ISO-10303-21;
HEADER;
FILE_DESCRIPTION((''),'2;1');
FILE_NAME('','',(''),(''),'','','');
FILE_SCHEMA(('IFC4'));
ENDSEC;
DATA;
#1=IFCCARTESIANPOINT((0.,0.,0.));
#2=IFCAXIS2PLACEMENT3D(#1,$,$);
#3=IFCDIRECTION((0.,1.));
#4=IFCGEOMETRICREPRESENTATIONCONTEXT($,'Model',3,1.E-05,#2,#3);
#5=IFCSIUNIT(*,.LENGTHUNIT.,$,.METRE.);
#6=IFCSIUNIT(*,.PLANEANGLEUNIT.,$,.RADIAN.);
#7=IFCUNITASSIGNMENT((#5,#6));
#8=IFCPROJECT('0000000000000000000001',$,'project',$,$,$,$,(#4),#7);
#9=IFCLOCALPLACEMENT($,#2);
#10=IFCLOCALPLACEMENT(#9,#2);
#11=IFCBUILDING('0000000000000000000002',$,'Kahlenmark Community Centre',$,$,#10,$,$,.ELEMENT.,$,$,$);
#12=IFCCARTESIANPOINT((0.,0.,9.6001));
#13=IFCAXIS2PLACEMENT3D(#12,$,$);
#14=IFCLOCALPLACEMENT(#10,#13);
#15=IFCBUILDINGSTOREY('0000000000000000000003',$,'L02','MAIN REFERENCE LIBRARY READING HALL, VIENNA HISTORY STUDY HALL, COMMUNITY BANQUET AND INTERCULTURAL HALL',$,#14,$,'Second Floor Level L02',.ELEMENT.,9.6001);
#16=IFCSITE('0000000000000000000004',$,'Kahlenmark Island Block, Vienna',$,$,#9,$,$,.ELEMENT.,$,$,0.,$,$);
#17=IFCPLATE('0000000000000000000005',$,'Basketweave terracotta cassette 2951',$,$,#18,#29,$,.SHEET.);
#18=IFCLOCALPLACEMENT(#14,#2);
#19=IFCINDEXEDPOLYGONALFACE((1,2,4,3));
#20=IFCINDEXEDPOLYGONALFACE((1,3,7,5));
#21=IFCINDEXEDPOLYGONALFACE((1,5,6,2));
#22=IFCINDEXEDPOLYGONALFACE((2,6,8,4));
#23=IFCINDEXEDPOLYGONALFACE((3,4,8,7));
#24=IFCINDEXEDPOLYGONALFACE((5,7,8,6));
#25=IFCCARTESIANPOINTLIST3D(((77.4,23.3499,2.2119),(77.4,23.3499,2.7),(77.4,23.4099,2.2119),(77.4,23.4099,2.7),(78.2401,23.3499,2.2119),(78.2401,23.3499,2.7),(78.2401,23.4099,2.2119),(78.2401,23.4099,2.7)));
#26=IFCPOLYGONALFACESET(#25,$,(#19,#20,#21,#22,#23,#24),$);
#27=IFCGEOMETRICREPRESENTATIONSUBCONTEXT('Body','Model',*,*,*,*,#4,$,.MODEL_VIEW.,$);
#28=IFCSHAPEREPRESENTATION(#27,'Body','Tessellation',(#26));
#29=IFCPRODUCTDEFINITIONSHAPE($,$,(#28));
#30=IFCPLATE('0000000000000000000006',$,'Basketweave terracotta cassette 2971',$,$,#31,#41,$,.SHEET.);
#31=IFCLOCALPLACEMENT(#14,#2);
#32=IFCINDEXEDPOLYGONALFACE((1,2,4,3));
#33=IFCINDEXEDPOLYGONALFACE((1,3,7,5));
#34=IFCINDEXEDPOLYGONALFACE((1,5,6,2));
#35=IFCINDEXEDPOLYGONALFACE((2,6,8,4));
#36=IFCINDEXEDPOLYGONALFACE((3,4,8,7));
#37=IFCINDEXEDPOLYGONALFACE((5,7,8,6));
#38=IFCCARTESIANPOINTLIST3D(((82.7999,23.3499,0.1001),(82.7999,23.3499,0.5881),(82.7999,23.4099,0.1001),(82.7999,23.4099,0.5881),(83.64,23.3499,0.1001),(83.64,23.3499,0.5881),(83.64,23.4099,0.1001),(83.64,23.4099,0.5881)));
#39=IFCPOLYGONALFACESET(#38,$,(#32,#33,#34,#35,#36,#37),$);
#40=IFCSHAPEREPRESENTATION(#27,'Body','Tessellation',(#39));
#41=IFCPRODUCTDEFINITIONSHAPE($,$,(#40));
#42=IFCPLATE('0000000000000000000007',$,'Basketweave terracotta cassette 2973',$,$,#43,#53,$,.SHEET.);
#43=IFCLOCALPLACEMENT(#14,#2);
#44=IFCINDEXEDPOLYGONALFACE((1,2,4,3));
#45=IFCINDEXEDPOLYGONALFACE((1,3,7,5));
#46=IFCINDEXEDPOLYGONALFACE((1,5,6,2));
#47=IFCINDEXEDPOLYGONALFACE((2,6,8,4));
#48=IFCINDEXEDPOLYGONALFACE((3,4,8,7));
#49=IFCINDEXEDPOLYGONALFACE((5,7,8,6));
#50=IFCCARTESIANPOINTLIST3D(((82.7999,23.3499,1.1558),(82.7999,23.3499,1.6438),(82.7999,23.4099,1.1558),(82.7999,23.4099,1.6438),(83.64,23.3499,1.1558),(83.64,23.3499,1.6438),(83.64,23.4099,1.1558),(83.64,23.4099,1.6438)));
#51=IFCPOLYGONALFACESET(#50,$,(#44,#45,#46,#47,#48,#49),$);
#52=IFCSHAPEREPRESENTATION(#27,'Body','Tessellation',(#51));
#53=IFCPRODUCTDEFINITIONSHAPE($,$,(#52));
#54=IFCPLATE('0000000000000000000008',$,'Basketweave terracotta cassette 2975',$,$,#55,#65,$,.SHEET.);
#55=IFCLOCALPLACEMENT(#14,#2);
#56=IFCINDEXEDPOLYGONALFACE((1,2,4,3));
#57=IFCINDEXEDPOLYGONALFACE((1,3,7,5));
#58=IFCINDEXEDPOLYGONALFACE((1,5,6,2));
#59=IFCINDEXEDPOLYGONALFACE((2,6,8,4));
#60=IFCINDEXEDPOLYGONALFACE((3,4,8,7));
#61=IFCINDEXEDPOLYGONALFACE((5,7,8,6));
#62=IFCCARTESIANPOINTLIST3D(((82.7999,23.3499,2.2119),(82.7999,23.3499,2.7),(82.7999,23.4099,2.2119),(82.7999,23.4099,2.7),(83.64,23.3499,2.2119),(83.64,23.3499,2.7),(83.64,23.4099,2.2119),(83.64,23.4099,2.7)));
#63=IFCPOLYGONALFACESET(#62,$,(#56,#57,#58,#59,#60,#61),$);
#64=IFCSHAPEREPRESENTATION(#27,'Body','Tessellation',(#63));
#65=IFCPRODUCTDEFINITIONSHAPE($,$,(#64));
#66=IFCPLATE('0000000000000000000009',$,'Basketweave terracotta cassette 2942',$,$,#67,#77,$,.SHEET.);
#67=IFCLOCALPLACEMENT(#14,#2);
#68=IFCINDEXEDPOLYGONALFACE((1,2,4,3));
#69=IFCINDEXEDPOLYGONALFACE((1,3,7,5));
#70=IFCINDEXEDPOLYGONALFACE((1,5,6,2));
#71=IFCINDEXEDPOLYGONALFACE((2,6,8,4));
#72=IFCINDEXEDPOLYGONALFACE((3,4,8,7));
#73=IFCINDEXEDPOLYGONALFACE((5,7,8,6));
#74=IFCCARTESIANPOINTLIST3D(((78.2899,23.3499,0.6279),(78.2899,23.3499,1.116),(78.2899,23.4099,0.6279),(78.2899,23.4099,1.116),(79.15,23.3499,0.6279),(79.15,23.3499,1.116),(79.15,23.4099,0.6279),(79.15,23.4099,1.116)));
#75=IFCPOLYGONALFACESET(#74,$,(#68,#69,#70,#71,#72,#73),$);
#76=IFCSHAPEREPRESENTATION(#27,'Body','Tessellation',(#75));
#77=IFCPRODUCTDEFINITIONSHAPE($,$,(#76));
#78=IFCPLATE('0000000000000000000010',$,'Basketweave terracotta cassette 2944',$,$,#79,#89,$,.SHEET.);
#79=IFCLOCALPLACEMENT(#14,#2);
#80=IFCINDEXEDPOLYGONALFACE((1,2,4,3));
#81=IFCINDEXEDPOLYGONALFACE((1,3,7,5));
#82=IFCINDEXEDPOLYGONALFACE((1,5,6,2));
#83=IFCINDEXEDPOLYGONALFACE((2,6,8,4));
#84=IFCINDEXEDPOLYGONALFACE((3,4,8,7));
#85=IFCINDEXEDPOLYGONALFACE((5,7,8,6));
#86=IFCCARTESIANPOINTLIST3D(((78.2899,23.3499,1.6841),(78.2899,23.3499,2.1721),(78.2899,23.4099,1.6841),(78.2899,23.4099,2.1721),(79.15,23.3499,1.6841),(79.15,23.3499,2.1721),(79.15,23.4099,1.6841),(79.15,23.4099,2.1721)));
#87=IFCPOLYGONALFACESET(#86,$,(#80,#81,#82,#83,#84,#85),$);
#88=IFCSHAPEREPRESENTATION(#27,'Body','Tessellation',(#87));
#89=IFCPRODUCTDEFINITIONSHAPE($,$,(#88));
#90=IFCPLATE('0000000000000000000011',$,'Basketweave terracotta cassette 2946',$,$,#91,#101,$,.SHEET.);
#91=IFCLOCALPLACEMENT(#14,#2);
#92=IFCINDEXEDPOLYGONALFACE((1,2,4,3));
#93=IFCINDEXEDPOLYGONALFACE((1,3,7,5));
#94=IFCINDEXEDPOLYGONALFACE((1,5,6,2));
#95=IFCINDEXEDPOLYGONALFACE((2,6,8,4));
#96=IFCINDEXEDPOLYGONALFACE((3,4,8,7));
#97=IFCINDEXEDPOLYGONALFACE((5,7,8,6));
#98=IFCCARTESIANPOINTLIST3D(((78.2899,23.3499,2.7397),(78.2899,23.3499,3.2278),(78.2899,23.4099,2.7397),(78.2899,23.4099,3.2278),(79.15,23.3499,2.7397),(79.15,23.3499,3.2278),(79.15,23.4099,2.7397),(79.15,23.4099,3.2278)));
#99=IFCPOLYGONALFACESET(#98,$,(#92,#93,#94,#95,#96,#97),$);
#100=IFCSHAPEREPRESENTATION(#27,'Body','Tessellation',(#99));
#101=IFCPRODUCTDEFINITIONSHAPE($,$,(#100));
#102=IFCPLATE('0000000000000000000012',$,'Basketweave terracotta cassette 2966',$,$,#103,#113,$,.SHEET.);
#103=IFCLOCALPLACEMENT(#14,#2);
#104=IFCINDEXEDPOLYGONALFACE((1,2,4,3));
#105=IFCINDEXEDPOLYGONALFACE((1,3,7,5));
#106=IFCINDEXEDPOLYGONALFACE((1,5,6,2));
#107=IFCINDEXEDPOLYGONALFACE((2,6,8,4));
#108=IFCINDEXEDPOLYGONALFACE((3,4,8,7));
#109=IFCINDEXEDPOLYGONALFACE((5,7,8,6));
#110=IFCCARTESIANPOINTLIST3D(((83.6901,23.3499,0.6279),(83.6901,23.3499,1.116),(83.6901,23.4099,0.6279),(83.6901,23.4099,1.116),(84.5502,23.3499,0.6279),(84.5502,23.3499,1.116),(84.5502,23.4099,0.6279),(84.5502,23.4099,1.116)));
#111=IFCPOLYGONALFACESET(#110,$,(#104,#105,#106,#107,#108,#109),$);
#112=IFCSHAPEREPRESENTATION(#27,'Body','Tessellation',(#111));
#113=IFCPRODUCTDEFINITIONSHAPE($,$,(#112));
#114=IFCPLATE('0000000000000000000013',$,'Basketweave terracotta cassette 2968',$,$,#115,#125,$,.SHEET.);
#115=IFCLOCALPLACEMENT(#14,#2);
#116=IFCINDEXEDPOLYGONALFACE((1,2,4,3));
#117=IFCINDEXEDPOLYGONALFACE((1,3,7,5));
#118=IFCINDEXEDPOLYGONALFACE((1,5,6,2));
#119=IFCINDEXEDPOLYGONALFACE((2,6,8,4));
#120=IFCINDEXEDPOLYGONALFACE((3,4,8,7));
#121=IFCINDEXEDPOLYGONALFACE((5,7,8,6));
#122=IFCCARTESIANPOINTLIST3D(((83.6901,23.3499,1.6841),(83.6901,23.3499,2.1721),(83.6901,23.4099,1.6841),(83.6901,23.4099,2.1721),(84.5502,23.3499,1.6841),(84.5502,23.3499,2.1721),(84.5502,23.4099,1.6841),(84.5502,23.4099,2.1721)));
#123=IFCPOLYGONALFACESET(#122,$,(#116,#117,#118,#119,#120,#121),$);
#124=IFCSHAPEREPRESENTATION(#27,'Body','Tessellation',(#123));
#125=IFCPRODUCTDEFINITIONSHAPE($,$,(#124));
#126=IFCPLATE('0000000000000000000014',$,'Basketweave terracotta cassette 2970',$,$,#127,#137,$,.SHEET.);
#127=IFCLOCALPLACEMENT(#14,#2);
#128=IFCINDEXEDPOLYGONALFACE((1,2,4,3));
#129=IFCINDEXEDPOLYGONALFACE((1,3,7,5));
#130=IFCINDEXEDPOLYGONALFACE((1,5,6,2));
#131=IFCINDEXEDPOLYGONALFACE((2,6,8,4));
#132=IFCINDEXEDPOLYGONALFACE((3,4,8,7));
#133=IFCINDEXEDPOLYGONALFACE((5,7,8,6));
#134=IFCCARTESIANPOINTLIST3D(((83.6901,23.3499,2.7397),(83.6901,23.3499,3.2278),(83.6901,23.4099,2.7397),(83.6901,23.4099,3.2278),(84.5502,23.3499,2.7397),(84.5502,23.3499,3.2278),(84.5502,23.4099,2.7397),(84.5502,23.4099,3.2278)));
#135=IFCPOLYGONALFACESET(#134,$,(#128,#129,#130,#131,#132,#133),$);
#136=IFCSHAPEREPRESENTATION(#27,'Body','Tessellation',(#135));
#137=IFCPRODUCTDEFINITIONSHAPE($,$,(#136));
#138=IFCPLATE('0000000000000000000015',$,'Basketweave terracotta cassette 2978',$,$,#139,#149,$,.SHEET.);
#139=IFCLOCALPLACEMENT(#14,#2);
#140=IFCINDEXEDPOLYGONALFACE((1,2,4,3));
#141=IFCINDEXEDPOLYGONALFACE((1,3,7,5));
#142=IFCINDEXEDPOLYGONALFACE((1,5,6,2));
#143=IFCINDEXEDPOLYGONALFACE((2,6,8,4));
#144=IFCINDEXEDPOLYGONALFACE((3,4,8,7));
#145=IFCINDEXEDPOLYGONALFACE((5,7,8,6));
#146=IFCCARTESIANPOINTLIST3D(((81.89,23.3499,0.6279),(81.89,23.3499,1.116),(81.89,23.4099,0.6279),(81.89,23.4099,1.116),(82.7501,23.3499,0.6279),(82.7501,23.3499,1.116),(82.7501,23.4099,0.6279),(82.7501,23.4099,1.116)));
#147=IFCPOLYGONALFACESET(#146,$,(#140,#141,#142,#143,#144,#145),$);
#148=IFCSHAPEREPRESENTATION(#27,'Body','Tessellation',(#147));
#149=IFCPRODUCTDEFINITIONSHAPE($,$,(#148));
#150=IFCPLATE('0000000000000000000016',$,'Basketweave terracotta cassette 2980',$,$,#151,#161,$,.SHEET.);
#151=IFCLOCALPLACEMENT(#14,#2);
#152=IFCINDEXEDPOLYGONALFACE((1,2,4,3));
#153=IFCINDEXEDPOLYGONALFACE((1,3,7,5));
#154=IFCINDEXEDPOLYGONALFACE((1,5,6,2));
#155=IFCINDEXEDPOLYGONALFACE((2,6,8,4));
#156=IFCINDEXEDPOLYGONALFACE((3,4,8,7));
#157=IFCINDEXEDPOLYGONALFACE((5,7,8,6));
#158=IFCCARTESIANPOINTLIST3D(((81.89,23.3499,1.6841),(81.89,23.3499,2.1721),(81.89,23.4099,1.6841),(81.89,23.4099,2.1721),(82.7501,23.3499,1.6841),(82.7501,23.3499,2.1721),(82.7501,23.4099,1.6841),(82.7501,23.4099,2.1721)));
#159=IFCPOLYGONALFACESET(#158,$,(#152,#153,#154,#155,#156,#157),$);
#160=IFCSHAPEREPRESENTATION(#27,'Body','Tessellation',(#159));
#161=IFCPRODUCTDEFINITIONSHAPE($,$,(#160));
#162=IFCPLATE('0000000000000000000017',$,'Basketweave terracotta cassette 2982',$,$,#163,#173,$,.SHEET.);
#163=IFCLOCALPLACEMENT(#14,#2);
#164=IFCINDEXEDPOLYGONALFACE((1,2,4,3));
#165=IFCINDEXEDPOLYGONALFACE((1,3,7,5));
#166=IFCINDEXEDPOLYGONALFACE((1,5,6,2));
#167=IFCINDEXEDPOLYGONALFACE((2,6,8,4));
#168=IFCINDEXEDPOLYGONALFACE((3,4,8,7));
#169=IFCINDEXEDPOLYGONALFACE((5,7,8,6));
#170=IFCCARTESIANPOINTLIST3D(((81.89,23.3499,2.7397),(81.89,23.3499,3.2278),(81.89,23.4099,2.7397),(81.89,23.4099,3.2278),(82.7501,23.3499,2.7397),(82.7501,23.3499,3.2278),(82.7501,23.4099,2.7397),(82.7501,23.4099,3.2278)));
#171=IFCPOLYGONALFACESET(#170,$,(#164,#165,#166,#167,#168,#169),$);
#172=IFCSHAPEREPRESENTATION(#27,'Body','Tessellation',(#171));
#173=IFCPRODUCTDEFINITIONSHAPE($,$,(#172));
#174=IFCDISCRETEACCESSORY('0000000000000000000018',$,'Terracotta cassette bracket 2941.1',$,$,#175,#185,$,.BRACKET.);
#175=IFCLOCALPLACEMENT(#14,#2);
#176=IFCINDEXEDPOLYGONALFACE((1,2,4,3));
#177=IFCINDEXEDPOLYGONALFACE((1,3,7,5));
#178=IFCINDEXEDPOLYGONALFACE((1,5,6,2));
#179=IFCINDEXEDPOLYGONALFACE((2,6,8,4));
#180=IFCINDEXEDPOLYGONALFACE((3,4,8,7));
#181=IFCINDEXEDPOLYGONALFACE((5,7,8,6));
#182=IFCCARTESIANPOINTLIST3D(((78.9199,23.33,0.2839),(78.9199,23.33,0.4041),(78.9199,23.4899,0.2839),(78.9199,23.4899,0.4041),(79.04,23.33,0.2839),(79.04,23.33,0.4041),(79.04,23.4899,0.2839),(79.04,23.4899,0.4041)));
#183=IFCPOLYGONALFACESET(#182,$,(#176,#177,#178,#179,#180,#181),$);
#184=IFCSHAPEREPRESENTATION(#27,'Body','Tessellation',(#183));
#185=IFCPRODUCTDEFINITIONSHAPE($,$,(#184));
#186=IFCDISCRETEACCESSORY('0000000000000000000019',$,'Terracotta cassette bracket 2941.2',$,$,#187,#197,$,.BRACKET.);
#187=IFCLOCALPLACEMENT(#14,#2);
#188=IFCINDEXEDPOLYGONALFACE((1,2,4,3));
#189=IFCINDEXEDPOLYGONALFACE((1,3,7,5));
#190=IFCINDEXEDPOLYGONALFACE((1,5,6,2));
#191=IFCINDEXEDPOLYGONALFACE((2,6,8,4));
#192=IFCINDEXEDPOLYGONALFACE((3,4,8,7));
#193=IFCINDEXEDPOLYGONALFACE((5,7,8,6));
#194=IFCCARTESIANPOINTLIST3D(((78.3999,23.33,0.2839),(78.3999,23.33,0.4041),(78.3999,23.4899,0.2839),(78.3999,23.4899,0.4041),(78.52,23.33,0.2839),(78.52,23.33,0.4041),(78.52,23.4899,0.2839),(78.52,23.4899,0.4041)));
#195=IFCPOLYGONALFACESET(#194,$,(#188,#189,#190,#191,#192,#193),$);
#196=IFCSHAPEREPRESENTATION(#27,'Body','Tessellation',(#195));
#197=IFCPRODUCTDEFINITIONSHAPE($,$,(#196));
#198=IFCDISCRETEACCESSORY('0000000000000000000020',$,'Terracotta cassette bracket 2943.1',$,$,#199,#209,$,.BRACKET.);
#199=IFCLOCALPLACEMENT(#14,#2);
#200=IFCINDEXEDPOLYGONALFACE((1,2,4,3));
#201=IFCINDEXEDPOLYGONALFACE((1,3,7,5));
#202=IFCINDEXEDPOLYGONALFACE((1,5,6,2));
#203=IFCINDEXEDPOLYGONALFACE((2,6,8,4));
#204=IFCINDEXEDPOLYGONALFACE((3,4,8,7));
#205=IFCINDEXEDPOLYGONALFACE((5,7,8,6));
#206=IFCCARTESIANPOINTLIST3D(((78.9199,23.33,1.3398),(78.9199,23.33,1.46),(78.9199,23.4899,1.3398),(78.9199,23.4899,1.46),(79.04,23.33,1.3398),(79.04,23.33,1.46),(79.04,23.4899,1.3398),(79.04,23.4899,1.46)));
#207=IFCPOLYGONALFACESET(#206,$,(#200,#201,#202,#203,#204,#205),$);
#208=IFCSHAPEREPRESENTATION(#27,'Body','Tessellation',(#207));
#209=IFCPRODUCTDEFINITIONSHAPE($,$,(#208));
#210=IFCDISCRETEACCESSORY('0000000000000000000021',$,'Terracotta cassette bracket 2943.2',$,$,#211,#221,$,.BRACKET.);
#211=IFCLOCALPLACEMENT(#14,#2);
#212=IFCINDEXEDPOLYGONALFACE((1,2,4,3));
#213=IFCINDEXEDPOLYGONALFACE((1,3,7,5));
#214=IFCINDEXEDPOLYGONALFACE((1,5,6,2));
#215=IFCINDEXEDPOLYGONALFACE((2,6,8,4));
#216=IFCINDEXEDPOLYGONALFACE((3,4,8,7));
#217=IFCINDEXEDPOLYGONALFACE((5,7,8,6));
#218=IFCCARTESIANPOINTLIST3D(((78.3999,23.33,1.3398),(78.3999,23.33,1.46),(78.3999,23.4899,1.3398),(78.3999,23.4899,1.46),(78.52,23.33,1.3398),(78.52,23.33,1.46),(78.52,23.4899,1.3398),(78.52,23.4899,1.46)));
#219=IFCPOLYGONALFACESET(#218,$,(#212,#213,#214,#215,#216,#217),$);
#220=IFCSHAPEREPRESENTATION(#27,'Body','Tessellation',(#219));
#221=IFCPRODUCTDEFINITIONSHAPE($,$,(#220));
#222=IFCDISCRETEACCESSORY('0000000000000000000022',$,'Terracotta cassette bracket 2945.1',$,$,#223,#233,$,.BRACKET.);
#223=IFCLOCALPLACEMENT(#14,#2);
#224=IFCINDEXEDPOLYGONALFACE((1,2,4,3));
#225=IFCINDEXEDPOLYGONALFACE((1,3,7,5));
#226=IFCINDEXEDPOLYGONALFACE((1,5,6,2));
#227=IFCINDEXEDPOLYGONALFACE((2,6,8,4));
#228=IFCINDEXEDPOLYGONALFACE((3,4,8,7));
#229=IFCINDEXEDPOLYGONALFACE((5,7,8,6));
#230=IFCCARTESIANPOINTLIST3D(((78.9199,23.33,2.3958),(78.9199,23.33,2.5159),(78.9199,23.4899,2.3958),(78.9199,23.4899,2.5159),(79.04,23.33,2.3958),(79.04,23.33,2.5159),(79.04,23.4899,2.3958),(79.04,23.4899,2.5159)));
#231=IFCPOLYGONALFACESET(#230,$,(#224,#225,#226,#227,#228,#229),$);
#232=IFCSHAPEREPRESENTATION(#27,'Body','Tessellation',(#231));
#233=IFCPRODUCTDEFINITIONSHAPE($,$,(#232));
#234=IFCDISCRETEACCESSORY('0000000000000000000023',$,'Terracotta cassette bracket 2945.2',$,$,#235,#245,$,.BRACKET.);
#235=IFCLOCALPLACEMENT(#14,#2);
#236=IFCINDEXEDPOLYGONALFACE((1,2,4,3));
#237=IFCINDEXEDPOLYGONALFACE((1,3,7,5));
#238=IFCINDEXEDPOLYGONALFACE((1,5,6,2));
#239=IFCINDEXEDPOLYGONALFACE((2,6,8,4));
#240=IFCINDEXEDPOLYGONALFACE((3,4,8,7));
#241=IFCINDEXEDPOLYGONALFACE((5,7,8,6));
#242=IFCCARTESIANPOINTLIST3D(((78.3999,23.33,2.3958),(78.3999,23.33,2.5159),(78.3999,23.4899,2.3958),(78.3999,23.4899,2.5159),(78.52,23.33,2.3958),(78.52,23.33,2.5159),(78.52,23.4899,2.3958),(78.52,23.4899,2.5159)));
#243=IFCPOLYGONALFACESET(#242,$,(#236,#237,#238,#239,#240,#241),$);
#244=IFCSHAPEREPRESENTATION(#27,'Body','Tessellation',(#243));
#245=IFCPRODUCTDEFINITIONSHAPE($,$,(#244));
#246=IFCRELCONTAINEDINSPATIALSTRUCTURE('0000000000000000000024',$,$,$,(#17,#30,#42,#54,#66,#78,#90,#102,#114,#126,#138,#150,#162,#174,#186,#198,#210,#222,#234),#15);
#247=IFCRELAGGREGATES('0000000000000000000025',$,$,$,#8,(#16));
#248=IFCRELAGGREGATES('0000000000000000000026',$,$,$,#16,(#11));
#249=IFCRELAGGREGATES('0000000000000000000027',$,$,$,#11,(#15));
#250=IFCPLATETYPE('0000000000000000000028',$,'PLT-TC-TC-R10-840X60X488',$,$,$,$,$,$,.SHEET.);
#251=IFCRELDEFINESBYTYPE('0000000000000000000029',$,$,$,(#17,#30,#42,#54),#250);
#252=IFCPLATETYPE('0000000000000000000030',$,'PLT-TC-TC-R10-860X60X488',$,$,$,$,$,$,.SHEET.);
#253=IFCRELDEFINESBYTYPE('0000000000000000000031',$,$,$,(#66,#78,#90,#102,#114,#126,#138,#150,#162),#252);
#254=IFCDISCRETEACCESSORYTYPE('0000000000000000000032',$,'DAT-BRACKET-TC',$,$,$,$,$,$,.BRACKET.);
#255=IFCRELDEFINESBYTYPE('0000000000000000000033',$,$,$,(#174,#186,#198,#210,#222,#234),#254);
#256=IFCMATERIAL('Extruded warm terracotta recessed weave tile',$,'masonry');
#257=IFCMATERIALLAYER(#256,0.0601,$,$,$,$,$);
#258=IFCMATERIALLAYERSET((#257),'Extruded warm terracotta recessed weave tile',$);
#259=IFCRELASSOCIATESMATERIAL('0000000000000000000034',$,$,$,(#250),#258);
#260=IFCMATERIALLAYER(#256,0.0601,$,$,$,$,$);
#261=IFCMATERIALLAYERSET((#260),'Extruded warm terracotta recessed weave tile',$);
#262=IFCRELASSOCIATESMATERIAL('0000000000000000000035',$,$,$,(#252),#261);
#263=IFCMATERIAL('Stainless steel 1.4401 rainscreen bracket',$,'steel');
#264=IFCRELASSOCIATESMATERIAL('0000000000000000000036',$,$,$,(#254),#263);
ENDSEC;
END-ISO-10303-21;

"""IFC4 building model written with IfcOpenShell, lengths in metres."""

from ifc_helpers import new_model, si_unit, direction, frame, origin, origin_2d, place, context, subcontext, project, spatial, rectangle, extrude, material, layer, layer_set, type_object, element, save


model = new_model("IFC4")

# Units and contexts
model_context = context("Model", 3, precision=1e-05, world=origin(), true_north=direction((0.0, 1.0)))
body_context = subcontext(model_context, "Body", "Model", "MODEL_VIEW")
ifc_project = project(units=[si_unit("LENGTHUNIT", "METRE"), si_unit("PLANEANGLEUNIT", "RADIAN")], contexts=[model_context])

# Site, building, storey
site_placement = place(None, origin())
site = spatial("IfcSite", under=ifc_project, at=site_placement, Name="Kahlenmark Island Block, Vienna", CompositionType="ELEMENT", RefElevation=0.0)
building_placement = place(site_placement, origin())
building = spatial("IfcBuilding", under=site, at=building_placement, Name="Kahlenmark Community Centre", CompositionType="ELEMENT")
storey_placement = place(building_placement, frame((0.0, 0.0, 9.6001)))
storey = spatial("IfcBuildingStorey", under=building, at=storey_placement, Name="L02", Description="MAIN REFERENCE LIBRARY READING HALL, VIENNA HISTORY STUDY HALL, COMMUNITY BANQUET AND INTERCULTURAL HALL", LongName="Second Floor Level L02", CompositionType="ELEMENT", Elevation=9.6001)

# Plates
ifc_material_1 = material(Name="Extruded warm terracotta recessed weave tile", Category="masonry")
ifc_layer_1 = layer(ifc_material_1, 0.0601)
ifc_layer_set_1 = layer_set([ifc_layer_1], Name="Extruded warm terracotta recessed weave tile")
plate_type_1 = type_object("IfcPlateType", Name="PLT-TC-TC-R10-840X60X488", PredefinedType="SHEET", material=ifc_layer_set_1)
for number, where, z_axis, x_axis, name in (
    (1, (77.8201, 23.3799, 2.2119), (0.0, 0.0, 1.0), (-1.0, 0.0, 0.0), "Basketweave terracotta cassette 2951"),
    (2, (83.22, 23.3799, 0.1001), (0.0, 0.0, 1.0), (-1.0, 0.0, 0.0), "Basketweave terracotta cassette 2971"),
    (3, (83.22, 23.3799, 1.1558), (0.0, 0.0, 1.0), (-1.0, 0.0, 0.0), "Basketweave terracotta cassette 2973"),
    (4, (83.22, 23.3799, 2.2119), (0.0, 0.0, 1.0), (-1.0, 0.0, 0.0), "Basketweave terracotta cassette 2975"),
):
    element("IfcPlate", number, at=place(storey_placement, frame(where, z_axis=z_axis, x_axis=x_axis)), inside=storey, type_object=plate_type_1, Name=name, PredefinedType="SHEET", context=body_context, shape_type="SweptSolid", body=[
        extrude(rectangle(XDim=0.8401, YDim=0.0601, at=origin_2d()), origin(), (0.0, 0.0, 1.0), 0.488),
    ])
ifc_layer_2 = layer(ifc_material_1, 0.0601)
ifc_layer_set_2 = layer_set([ifc_layer_2], Name="Extruded warm terracotta recessed weave tile")
plate_type_2 = type_object("IfcPlateType", Name="PLT-TC-TC-R10-860X60X488", PredefinedType="SHEET", material=ifc_layer_set_2)
for number, where, z_axis, x_axis, name in (
    (5, (78.72, 23.3799, 0.6279), (0.0, 0.0, 1.0), (-1.0, 0.0, 0.0), "Basketweave terracotta cassette 2942"),
    (6, (78.72, 23.3799, 1.6841), (0.0, 0.0, 1.0), (-1.0, 0.0, 0.0), "Basketweave terracotta cassette 2944"),
    (7, (78.72, 23.3799, 2.7397), (0.0, 0.0, 1.0), (-1.0, 0.0, 0.0), "Basketweave terracotta cassette 2946"),
    (8, (84.1201, 23.3799, 0.6279), (0.0, 0.0, 1.0), (-1.0, 0.0, 0.0), "Basketweave terracotta cassette 2966"),
    (9, (84.1201, 23.3799, 1.6841), (0.0, 0.0, 1.0), (-1.0, 0.0, 0.0), "Basketweave terracotta cassette 2968"),
    (10, (84.1201, 23.3799, 2.7397), (0.0, 0.0, 1.0), (-1.0, 0.0, 0.0), "Basketweave terracotta cassette 2970"),
    (11, (82.3201, 23.3799, 0.6279), (0.0, 0.0, 1.0), (-1.0, 0.0, 0.0), "Basketweave terracotta cassette 2978"),
    (12, (82.3201, 23.3799, 1.6841), (0.0, 0.0, 1.0), (-1.0, 0.0, 0.0), "Basketweave terracotta cassette 2980"),
    (13, (82.3201, 23.3799, 2.7397), (0.0, 0.0, 1.0), (-1.0, 0.0, 0.0), "Basketweave terracotta cassette 2982"),
):
    element("IfcPlate", number, at=place(storey_placement, frame(where, z_axis=z_axis, x_axis=x_axis)), inside=storey, type_object=plate_type_2, Name=name, PredefinedType="SHEET", context=body_context, shape_type="SweptSolid", body=[
        extrude(rectangle(XDim=0.8601, YDim=0.0601, at=origin_2d()), origin(), (0.0, 0.0, 1.0), 0.488),
    ])

# Discrete accessories
ifc_material_2 = material(Name="Stainless steel 1.4401 rainscreen bracket", Category="steel")
discrete_accessory_type = type_object("IfcDiscreteAccessoryType", Name="DAT-BRACKET-TC", PredefinedType="BRACKET", material=ifc_material_2)
for number, where, z_axis, x_axis, name in (
    (14, (78.98, 23.4099, 0.2839), (0.0, 0.0, 1.0), (-1.0, 0.0, 0.0), "Terracotta cassette bracket 2941.1"),
    (15, (78.46, 23.4099, 0.2839), (0.0, 0.0, 1.0), (-1.0, 0.0, 0.0), "Terracotta cassette bracket 2941.2"),
    (16, (78.98, 23.4099, 1.3398), (0.0, 0.0, 1.0), (-1.0, 0.0, 0.0), "Terracotta cassette bracket 2943.1"),
    (17, (78.46, 23.4099, 1.3398), (0.0, 0.0, 1.0), (-1.0, 0.0, 0.0), "Terracotta cassette bracket 2943.2"),
    (18, (78.98, 23.4099, 2.3958), (0.0, 0.0, 1.0), (-1.0, 0.0, 0.0), "Terracotta cassette bracket 2945.1"),
    (19, (78.46, 23.4099, 2.3958), (0.0, 0.0, 1.0), (-1.0, 0.0, 0.0), "Terracotta cassette bracket 2945.2"),
):
    element("IfcDiscreteAccessory", number, at=place(storey_placement, frame(where, z_axis=z_axis, x_axis=x_axis)), inside=storey, type_object=discrete_accessory_type, Name=name, PredefinedType="BRACKET", context=body_context, shape_type="SweptSolid", body=[
        extrude(rectangle(XDim=0.1201, YDim=0.1599, at=origin_2d()), origin(), (0.0, 0.0, 1.0), 0.1201),
    ])

save(model, "model.ifc")
